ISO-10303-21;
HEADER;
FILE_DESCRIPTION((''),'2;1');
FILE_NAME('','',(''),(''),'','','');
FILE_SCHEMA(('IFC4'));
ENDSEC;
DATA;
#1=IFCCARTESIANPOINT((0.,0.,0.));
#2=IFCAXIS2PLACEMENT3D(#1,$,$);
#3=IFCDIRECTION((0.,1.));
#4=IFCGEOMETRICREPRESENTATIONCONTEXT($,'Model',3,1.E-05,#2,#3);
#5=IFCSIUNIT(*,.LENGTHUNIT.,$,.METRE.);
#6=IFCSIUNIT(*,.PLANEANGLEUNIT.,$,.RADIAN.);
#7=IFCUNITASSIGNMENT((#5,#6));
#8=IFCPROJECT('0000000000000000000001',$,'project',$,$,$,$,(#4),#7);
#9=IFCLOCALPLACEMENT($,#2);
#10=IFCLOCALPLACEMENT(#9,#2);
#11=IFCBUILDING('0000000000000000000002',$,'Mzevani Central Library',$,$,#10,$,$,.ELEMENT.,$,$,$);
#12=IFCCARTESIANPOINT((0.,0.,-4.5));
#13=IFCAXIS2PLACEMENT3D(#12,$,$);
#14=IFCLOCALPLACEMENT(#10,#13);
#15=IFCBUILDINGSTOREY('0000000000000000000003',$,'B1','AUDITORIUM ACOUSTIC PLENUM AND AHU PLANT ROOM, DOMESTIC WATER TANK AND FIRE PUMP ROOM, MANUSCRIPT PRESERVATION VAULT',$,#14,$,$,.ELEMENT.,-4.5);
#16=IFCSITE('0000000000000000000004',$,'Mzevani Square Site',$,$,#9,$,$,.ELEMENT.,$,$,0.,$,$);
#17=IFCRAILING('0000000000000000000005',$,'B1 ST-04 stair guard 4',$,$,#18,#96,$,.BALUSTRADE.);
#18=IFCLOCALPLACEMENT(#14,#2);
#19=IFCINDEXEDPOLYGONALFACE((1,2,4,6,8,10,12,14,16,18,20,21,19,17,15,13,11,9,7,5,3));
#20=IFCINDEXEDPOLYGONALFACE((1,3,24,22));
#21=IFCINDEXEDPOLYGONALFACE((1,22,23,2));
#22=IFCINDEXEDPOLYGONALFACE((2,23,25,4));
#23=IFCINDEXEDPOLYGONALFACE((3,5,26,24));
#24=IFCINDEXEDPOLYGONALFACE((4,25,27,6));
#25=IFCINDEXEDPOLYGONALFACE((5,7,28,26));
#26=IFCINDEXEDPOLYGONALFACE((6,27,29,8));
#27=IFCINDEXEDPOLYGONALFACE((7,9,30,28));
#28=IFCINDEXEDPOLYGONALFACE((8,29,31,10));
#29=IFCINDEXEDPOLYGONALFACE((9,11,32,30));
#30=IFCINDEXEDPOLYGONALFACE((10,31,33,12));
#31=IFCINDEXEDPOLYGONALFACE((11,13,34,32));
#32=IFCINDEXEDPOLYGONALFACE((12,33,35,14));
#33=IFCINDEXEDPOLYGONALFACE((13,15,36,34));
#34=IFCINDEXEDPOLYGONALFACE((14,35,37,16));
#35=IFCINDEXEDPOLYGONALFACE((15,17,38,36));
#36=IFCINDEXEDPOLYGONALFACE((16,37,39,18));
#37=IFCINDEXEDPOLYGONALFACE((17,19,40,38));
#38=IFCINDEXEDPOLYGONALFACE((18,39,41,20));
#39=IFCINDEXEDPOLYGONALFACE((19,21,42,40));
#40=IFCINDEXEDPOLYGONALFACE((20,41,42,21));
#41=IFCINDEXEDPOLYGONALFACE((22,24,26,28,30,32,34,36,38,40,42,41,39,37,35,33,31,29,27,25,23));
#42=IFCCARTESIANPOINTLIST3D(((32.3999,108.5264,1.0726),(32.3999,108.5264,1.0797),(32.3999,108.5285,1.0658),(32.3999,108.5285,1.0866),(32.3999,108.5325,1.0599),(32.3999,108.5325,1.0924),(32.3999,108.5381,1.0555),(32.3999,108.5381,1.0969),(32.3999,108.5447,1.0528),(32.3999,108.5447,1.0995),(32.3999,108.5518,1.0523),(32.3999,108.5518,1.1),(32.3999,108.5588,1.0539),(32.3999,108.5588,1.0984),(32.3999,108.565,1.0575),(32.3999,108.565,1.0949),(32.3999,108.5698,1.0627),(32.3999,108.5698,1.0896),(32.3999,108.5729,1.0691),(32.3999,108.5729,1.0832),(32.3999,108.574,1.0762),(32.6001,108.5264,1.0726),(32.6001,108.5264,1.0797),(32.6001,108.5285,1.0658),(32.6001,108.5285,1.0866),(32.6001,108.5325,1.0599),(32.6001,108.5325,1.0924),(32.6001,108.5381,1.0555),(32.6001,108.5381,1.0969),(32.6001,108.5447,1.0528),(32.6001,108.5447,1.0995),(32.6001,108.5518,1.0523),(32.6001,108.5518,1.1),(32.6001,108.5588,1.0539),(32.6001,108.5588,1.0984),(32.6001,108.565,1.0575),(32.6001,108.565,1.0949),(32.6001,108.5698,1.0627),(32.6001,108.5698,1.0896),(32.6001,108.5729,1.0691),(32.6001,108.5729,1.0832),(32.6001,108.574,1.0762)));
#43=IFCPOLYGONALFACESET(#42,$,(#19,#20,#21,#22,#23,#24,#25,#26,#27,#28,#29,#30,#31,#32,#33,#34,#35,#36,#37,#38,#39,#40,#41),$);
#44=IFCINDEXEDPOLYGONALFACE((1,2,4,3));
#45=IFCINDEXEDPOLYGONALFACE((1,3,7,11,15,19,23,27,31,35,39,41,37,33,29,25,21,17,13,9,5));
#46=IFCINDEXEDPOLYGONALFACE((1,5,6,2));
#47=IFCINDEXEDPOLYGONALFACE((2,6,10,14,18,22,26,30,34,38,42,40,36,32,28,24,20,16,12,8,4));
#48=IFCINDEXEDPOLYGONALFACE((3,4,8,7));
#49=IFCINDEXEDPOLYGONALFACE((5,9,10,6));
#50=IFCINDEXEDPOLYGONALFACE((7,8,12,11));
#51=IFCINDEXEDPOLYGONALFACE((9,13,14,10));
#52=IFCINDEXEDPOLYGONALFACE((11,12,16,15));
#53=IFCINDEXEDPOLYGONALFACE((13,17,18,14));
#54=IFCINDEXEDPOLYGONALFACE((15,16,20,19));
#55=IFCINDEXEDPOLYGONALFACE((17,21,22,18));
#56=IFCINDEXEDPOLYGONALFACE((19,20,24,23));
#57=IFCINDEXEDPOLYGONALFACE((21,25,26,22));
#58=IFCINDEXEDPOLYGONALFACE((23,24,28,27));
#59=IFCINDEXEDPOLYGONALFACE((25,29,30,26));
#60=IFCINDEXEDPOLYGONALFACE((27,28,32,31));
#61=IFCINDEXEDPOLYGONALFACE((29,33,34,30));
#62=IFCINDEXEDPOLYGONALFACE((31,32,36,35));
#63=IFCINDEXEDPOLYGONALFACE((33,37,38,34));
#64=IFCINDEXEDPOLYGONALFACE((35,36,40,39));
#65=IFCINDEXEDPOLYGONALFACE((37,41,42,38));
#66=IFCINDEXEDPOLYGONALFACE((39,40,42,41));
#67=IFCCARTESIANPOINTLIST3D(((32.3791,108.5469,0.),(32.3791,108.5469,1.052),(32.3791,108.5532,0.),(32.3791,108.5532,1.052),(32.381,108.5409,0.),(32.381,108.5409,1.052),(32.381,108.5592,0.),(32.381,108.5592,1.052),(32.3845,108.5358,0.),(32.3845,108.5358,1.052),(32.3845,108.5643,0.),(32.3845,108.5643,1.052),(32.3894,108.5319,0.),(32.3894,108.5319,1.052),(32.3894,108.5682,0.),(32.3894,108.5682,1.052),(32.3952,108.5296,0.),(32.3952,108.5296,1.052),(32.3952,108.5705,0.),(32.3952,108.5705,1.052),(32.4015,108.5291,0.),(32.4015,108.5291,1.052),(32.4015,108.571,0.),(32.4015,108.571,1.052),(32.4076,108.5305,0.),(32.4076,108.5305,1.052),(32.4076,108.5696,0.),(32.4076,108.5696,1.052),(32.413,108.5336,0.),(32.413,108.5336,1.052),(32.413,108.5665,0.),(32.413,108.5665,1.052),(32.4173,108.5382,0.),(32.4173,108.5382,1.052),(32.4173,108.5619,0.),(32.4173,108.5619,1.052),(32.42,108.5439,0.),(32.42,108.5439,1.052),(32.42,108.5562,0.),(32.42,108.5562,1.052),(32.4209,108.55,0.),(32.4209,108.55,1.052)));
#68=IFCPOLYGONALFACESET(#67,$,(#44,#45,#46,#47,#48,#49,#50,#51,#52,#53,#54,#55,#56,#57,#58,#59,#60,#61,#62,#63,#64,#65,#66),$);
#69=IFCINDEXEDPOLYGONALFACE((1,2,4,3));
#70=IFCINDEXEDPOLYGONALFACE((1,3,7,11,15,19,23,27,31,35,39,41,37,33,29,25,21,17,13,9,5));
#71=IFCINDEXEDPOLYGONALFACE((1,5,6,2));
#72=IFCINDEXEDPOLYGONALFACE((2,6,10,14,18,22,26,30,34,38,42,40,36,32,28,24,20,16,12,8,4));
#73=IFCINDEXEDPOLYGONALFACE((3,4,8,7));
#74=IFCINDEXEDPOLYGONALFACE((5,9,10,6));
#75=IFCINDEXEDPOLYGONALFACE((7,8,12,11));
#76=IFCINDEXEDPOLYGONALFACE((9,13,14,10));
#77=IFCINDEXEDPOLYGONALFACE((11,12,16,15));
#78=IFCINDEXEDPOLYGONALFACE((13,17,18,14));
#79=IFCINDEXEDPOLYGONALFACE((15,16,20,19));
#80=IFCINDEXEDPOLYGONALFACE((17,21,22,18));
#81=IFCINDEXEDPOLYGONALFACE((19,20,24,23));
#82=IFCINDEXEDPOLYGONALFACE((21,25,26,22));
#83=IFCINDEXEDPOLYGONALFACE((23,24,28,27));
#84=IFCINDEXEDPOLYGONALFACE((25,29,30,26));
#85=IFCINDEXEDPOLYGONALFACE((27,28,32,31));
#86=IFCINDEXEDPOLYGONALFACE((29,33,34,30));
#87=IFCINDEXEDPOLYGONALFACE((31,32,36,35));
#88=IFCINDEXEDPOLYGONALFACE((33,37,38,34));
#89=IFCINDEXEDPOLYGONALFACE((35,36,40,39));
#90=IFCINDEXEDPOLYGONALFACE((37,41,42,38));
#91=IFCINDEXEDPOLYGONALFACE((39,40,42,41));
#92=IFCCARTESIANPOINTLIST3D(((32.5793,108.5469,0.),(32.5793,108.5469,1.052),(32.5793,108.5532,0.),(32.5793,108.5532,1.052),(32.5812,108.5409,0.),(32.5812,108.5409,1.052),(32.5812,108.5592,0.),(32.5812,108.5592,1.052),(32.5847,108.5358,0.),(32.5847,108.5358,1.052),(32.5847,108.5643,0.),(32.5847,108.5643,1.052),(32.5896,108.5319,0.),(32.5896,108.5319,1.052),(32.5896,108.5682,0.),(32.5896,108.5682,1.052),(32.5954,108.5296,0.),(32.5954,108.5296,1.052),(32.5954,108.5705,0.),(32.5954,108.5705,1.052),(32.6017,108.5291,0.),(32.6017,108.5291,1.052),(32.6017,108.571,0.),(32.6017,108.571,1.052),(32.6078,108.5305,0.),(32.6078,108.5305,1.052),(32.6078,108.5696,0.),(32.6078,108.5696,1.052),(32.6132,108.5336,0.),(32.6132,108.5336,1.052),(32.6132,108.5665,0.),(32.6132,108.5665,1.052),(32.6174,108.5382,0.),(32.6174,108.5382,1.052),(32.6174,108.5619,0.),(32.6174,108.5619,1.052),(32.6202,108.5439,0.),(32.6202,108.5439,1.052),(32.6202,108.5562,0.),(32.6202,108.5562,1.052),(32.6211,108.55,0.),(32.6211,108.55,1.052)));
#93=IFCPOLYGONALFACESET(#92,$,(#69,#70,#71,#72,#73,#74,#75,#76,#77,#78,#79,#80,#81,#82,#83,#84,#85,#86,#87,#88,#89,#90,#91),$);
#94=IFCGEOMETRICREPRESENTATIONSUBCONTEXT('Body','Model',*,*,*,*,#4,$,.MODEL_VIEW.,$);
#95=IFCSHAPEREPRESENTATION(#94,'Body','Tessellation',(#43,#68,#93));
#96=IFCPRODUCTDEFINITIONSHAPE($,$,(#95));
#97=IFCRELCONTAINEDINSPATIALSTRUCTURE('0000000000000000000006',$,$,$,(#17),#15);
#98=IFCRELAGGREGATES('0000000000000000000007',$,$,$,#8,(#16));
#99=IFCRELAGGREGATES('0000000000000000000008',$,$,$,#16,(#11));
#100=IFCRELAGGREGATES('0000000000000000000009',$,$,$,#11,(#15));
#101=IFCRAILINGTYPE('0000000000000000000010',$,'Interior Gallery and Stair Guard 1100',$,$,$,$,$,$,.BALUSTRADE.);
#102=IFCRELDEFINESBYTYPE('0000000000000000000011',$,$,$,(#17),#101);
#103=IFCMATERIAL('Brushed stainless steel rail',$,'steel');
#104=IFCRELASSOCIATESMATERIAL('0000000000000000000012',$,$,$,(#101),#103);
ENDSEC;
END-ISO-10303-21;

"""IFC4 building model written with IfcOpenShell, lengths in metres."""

from ifc_helpers import new_model, si_unit, direction, frame, origin, origin_2d, place, context, subcontext, project, spatial, circle, extrude, material, type_object, element, save


model = new_model("IFC4")

# Units and contexts
model_context = context("Model", 3, precision=1e-05, world=origin(), true_north=direction((0.0, 1.0)))
body_context = subcontext(model_context, "Body", "Model", "MODEL_VIEW")
ifc_project = project(units=[si_unit("LENGTHUNIT", "METRE"), si_unit("PLANEANGLEUNIT", "RADIAN")], contexts=[model_context])

# Site, building, storey
site_placement = place(None, origin())
site = spatial("IfcSite", under=ifc_project, at=site_placement, Name="Mzevani Square Site", CompositionType="ELEMENT", RefElevation=0.0)
building_placement = place(site_placement, origin())
building = spatial("IfcBuilding", under=site, at=building_placement, Name="Mzevani Central Library", CompositionType="ELEMENT")
storey_placement = place(building_placement, frame((0.0, 0.0, -4.5)))
storey = spatial("IfcBuildingStorey", under=building, at=storey_placement, Name="B1", Description="AUDITORIUM ACOUSTIC PLENUM AND AHU PLANT ROOM, DOMESTIC WATER TANK AND FIRE PUMP ROOM, MANUSCRIPT PRESERVATION VAULT", CompositionType="ELEMENT", Elevation=-4.5)

# Railing
ifc_material_1 = material(Name="Brushed stainless steel rail", Category="steel")
railing_type_1 = type_object("IfcRailingType", Name="Interior Gallery and Stair Guard 1100", PredefinedType="BALUSTRADE", material=ifc_material_1)
railing_1_placement = place(storey_placement, frame((32.3999, 108.55, 0.0)))
element("IfcRailing", 1, at=railing_1_placement, inside=storey, type_object=railing_type_1, Name="B1 ST-04 stair guard 4", PredefinedType="BALUSTRADE", context=body_context, shape_type="SweptSolid", body=[
    extrude(circle(Radius=0.0239, at=origin_2d()), frame((0.0, 0.0, 1.0762), z_axis=(1.0, 0.0, 0.0), x_axis=(0.0, 1.0, 0.0)), (0.0, 0.0, 1.0), 0.2002),
    extrude(circle(Radius=0.021, at=origin_2d()), origin(), (0.0, 0.0, 1.0), 1.052),
    extrude(circle(Radius=0.021, at=origin_2d()), frame((0.2002, 0.0, 0.0)), (0.0, 0.0, 1.0), 1.052),
])

save(model, "model.ifc")
